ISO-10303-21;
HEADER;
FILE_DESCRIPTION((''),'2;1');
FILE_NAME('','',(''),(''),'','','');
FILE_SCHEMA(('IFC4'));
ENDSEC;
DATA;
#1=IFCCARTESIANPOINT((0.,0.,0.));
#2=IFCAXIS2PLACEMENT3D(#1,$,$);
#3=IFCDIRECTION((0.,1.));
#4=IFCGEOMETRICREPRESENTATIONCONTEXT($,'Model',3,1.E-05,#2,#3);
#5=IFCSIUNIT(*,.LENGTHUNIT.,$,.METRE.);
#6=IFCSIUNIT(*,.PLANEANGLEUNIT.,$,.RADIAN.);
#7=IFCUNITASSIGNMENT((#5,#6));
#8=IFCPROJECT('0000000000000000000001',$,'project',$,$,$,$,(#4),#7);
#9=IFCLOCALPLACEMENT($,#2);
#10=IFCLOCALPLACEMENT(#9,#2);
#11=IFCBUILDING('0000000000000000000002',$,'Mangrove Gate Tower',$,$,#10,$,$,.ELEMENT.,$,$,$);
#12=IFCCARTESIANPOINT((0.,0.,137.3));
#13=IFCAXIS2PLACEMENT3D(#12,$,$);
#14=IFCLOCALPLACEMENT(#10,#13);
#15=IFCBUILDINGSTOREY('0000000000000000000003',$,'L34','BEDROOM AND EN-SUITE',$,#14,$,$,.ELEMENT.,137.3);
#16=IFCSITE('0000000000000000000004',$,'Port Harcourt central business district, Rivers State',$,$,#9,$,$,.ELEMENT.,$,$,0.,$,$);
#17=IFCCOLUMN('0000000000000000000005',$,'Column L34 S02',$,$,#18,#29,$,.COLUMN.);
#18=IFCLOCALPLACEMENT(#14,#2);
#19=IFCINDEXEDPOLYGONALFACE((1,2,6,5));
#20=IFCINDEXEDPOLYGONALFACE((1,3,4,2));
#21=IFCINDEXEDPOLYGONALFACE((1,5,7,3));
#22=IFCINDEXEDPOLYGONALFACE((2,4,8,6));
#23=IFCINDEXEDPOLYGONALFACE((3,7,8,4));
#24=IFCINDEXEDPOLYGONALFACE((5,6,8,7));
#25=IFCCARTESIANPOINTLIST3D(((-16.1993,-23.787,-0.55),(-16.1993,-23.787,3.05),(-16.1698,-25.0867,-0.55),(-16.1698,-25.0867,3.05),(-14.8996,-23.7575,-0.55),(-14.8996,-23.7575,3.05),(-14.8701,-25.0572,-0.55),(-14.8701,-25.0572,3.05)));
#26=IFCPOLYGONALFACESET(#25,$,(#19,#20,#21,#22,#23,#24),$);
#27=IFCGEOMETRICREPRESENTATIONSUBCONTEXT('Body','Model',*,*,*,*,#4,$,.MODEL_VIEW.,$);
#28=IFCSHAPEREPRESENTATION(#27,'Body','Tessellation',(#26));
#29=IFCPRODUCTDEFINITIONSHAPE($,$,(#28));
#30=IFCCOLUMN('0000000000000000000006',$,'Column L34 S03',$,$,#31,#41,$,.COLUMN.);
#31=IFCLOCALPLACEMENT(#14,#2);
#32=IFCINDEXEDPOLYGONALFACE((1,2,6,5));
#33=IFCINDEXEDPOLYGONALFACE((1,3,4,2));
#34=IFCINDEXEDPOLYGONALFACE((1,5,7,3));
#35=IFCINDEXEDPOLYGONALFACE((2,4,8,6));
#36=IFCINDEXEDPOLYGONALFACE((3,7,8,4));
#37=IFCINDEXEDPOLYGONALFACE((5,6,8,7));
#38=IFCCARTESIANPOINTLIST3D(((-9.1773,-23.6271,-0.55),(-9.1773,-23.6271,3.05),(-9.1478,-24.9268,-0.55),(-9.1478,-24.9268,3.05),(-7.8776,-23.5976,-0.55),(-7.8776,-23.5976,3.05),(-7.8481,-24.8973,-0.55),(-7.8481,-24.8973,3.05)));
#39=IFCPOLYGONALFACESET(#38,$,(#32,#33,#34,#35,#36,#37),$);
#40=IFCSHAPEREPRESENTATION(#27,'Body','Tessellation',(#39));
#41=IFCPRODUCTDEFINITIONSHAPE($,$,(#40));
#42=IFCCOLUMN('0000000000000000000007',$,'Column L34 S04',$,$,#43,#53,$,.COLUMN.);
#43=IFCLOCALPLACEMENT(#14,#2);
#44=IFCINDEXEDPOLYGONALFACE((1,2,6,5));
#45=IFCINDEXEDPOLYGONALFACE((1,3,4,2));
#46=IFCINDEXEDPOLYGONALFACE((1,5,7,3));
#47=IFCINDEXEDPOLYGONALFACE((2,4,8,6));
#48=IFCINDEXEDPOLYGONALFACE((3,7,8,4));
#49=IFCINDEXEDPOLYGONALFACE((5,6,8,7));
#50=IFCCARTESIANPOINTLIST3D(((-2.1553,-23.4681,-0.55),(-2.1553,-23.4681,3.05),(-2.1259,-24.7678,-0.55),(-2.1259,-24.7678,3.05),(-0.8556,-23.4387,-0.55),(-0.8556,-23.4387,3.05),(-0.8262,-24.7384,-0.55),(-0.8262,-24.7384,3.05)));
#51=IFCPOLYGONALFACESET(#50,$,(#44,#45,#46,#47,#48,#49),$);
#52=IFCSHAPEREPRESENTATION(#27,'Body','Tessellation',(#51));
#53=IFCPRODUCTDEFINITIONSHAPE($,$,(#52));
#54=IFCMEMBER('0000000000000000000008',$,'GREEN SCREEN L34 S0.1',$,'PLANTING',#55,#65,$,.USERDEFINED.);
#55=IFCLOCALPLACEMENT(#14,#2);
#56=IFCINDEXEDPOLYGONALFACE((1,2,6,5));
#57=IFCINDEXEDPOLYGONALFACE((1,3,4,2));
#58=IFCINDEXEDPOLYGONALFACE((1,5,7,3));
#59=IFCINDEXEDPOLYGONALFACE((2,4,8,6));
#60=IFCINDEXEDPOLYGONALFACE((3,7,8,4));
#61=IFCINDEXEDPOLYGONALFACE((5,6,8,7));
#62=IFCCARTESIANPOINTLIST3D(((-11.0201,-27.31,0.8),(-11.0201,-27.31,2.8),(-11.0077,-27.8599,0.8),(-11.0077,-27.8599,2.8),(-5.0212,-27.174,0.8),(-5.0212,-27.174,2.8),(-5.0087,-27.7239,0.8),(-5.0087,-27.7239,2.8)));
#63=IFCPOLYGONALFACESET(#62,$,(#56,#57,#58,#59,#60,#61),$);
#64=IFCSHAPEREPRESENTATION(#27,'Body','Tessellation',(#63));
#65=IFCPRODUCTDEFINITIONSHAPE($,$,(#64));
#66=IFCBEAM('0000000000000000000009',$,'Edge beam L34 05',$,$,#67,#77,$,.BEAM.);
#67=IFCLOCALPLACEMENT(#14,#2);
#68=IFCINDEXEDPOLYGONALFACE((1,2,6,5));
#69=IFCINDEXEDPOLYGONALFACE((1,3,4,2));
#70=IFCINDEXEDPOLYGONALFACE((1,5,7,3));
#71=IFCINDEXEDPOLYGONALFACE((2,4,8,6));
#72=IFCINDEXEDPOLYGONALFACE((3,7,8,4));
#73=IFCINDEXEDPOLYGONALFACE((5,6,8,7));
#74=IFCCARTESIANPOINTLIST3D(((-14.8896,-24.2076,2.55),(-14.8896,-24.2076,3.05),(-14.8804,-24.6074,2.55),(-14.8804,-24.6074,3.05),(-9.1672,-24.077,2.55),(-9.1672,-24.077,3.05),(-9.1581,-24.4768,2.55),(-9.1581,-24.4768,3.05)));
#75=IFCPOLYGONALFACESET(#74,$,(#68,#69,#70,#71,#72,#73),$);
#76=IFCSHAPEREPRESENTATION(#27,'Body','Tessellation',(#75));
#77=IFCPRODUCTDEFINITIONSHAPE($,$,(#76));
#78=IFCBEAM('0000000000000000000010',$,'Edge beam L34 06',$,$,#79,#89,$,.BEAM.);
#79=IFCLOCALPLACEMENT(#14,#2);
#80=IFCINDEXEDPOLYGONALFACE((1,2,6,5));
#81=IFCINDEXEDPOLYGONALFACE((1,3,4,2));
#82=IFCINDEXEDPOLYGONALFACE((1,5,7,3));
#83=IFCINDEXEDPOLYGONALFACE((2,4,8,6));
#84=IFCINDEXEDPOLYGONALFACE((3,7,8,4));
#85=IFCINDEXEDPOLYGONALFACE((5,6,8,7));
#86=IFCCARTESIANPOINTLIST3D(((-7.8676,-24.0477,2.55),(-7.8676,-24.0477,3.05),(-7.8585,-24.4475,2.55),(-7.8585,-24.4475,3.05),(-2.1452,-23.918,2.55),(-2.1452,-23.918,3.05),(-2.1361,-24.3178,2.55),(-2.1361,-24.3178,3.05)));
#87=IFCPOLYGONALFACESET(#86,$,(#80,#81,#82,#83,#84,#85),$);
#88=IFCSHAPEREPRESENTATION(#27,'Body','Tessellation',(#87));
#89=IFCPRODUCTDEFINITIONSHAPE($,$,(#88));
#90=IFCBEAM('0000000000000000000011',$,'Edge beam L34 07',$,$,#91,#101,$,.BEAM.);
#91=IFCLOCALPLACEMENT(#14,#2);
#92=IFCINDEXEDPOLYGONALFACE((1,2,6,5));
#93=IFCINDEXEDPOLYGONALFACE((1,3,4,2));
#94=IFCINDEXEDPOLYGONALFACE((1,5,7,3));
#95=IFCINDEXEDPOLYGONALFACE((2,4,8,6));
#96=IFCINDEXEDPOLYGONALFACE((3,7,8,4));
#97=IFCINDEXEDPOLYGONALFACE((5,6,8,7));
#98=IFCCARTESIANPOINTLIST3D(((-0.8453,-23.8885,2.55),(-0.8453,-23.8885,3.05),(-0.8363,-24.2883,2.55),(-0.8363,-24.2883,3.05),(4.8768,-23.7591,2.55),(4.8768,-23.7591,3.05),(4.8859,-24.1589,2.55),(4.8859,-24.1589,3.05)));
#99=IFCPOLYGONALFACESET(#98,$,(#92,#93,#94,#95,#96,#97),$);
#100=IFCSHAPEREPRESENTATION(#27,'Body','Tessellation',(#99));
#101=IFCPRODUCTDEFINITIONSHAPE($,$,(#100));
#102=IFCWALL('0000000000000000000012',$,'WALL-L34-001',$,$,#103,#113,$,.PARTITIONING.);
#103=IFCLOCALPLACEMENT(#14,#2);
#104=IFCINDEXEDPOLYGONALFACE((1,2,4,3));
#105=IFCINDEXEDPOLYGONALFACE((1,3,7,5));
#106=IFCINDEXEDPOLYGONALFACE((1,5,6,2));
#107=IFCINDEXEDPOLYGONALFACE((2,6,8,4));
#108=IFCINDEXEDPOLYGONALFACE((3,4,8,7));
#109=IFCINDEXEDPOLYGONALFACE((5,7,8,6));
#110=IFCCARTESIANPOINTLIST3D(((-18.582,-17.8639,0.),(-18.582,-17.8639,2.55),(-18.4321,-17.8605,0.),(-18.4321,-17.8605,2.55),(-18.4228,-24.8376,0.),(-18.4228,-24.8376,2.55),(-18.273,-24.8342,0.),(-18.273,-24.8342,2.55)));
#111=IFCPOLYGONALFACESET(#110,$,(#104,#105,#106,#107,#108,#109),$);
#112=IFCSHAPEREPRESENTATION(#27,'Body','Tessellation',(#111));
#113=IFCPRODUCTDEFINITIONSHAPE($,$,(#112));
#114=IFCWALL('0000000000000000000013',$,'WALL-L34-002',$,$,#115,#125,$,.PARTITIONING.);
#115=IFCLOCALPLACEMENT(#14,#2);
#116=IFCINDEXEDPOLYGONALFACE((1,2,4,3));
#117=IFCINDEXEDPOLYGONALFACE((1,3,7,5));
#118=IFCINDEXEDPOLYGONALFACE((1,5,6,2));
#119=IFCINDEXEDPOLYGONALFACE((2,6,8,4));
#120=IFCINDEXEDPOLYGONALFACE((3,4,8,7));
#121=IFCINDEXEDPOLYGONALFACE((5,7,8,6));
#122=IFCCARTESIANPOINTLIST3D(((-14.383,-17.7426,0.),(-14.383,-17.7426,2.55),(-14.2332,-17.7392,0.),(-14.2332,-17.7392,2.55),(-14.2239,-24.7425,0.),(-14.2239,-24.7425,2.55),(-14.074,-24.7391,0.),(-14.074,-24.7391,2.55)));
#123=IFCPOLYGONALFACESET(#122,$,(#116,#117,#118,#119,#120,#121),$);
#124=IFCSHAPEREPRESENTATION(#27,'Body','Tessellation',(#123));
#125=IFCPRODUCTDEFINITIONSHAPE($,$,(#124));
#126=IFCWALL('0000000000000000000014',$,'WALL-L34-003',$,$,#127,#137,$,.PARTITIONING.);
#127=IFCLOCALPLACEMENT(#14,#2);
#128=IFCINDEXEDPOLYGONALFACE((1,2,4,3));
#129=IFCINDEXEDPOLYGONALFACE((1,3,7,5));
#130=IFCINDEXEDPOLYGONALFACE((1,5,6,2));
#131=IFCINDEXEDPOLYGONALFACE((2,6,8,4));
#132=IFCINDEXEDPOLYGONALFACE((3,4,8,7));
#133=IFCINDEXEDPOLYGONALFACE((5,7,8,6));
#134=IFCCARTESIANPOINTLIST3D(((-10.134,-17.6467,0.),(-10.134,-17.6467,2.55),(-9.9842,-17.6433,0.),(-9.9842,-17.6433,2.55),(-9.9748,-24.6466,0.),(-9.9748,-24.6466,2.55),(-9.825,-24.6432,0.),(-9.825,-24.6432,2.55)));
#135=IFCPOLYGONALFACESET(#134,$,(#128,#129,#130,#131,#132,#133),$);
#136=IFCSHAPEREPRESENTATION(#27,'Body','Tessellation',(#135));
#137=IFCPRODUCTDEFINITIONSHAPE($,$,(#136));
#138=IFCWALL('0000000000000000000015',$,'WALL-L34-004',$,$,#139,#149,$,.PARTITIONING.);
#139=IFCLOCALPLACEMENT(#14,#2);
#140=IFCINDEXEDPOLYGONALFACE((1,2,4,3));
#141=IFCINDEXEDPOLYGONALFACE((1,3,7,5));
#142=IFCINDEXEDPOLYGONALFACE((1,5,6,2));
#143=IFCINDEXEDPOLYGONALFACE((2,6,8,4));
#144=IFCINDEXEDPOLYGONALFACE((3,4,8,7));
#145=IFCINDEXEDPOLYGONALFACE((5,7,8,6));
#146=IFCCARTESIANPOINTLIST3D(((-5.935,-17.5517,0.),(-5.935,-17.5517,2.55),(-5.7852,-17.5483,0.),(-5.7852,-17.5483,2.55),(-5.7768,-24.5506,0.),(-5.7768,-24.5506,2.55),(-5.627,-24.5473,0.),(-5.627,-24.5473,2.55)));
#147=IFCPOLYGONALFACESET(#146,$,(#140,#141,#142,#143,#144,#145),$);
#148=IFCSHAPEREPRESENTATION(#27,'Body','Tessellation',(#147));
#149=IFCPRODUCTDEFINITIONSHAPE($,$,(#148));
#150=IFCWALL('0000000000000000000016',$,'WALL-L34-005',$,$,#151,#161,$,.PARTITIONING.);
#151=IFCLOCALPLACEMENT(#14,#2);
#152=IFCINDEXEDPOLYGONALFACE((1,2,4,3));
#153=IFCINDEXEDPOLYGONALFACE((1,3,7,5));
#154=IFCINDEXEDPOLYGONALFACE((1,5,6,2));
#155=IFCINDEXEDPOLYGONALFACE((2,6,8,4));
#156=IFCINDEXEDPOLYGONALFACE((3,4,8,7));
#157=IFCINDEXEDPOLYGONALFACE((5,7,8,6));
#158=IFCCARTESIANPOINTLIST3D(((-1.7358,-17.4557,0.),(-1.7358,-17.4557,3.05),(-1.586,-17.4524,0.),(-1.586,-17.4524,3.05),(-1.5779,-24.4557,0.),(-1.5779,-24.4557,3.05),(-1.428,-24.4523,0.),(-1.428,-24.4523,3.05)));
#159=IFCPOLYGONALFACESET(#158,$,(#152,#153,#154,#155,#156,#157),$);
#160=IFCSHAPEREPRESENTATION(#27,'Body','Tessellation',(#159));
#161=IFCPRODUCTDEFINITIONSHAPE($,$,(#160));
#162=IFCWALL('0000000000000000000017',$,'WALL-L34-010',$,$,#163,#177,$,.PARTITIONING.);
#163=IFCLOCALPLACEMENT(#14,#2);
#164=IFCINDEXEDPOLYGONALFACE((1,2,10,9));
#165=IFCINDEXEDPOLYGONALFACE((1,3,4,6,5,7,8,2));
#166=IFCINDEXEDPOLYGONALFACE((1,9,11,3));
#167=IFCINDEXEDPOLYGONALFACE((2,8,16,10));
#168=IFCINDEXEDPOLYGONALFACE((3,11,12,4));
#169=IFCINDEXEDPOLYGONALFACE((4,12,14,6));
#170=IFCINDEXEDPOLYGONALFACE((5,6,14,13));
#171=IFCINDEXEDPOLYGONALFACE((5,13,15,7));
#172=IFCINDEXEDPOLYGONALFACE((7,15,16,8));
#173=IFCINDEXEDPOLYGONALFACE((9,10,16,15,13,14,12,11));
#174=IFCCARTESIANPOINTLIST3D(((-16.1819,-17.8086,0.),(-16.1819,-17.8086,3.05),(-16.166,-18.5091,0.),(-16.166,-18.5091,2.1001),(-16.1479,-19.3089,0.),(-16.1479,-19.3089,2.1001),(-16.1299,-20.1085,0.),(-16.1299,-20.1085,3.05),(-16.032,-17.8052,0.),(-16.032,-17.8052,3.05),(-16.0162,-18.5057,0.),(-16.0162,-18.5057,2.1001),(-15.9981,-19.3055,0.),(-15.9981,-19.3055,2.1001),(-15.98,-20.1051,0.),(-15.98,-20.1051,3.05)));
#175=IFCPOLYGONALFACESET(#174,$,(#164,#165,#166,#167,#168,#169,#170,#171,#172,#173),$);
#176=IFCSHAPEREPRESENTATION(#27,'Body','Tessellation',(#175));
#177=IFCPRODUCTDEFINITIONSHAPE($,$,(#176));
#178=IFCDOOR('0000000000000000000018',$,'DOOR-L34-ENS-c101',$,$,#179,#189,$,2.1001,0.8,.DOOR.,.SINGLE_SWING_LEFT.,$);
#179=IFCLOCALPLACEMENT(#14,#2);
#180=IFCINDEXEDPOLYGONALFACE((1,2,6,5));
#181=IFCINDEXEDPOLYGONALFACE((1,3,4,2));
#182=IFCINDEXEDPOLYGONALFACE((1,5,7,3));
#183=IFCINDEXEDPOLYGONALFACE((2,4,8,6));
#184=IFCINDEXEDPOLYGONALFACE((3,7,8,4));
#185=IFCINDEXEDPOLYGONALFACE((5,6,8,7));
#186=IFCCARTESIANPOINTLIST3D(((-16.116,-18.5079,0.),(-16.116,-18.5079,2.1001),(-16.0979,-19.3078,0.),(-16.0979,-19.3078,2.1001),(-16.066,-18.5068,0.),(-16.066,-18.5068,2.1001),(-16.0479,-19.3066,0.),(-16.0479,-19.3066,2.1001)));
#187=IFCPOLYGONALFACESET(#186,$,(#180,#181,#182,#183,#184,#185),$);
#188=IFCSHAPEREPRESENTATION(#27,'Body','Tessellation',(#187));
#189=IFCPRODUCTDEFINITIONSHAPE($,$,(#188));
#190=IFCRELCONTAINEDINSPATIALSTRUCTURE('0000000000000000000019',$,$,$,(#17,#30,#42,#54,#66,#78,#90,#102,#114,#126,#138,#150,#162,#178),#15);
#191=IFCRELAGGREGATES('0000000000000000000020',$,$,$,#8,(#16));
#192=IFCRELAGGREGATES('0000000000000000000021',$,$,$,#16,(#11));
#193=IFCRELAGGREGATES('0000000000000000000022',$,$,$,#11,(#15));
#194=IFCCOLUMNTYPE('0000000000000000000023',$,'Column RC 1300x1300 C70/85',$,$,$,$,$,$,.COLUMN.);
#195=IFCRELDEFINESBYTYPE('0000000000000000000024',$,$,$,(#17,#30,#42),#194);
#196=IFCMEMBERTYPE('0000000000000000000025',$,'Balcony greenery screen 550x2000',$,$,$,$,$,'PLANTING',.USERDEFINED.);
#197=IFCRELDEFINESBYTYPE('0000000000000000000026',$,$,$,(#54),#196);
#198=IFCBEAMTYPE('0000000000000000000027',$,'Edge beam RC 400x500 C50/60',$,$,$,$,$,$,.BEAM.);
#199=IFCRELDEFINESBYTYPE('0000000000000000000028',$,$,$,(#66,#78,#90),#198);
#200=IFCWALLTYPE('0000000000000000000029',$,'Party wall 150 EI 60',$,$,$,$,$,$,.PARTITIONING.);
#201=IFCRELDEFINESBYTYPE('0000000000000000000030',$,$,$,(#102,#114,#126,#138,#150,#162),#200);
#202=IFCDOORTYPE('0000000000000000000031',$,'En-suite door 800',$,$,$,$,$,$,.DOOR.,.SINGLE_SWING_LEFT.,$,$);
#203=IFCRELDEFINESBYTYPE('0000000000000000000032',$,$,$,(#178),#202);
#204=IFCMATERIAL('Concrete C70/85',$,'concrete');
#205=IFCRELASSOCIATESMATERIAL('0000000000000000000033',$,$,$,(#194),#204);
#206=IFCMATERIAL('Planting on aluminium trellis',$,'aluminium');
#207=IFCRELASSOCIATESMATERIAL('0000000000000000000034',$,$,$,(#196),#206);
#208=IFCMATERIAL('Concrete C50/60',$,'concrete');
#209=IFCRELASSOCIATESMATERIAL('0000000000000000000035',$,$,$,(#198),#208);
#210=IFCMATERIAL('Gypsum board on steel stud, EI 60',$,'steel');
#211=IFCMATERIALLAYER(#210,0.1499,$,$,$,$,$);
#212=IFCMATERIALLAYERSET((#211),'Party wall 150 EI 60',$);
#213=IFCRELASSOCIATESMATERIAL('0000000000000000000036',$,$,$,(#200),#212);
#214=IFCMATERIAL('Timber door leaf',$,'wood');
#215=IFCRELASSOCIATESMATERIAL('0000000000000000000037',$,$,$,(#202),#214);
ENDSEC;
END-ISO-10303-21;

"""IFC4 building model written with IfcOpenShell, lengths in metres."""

from ifc_helpers import new_model, si_unit, direction, frame, frame_2d, origin, origin_2d, place, context, subcontext, project, spatial, rectangle, extrude, material, layer, layer_set, material_profile, profile_set, type_object, element, fill, save


model = new_model("IFC4")

# Units and contexts
model_context = context("Model", 3, precision=1e-05, world=origin(), true_north=direction((0.0, 1.0)))
body_context = subcontext(model_context, "Body", "Model", "MODEL_VIEW")
ifc_project = project(units=[si_unit("LENGTHUNIT", "METRE"), si_unit("PLANEANGLEUNIT", "RADIAN")], contexts=[model_context])

# Site, building, storey
site_placement = place(None, origin())
site = spatial("IfcSite", under=ifc_project, at=site_placement, Name="Port Harcourt central business district, Rivers State", CompositionType="ELEMENT", RefElevation=0.0)
building_placement = place(site_placement, origin())
building = spatial("IfcBuilding", under=site, at=building_placement, Name="Mangrove Gate Tower", CompositionType="ELEMENT")
storey_placement = place(building_placement, frame((0.0, 0.0, 137.3)))
storey = spatial("IfcBuildingStorey", under=building, at=storey_placement, Name="L34", Description="BEDROOM AND EN-SUITE", CompositionType="ELEMENT", Elevation=137.3)

# Columns
ifc_material_1 = material(Name="Concrete C70/85", Category="concrete")
ifc_material_profile_1 = material_profile(ifc_material_1, rectangle(XDim=1.3, YDim=1.3, at=origin_2d()))
ifc_profile_set_1 = profile_set([ifc_material_profile_1], Name="Concrete C70/85")
column_type = type_object("IfcColumnType", Name="Column RC 1300x1300 C70/85", PredefinedType="COLUMN", material=ifc_profile_set_1)
for number, where, z_axis, x_axis, name in (
    (1, (-15.5347, -24.4221, -0.55), (0.0, 0.0, 1.0), (0.999742, 0.022708, 0.0), "Column L34 S02"),
    (2, (-8.5127, -24.2622, -0.55), (0.0, 0.0, 1.0), (0.999742, 0.022708, 0.0), "Column L34 S03"),
    (3, (-1.4907, -24.1033, -0.55), (0.0, 0.0, 1.0), (0.999744, 0.022637, 0.0), "Column L34 S04"),
):
    element("IfcColumn", number, at=place(storey_placement, frame(where, z_axis=z_axis, x_axis=x_axis)), inside=storey, type_object=column_type, Name=name, PredefinedType="COLUMN", context=body_context, shape_type="SweptSolid", body=[
        extrude(rectangle(XDim=1.3, YDim=1.3, at=origin_2d()), origin(), (0.0, 0.0, 1.0), 3.6001),
    ])

# Member
ifc_material_2 = material(Name="Planting on aluminium trellis", Category="aluminium")
ifc_material_profile_2 = material_profile(ifc_material_2, rectangle(XDim=0.55, YDim=2.0, at=origin_2d()))
ifc_profile_set_2 = profile_set([ifc_material_profile_2], Name="Planting on aluminium trellis")
member_type = type_object("IfcMemberType", Name="Balcony greenery screen 550x2000", ElementType="PLANTING", PredefinedType="USERDEFINED", material=ifc_profile_set_2)
member_placement = place(storey_placement, frame((-11.0139, -27.585, 1.8), z_axis=(0.999743, 0.022662, 0.0), x_axis=(-0.022662, 0.999743, 0.0)))
element("IfcMember", 4, at=member_placement, inside=storey, type_object=member_type, Name="GREEN SCREEN L34 S0.1", ObjectType="PLANTING", PredefinedType="USERDEFINED", context=body_context, shape_type="SweptSolid", body=[
    extrude(rectangle(XDim=0.55, YDim=2.0, at=origin_2d()), origin(), (0.0, 0.0, 1.0), 6.0005),
])

# Beams
ifc_material_3 = material(Name="Concrete C50/60", Category="concrete")
ifc_material_profile_3 = material_profile(ifc_material_3, rectangle(XDim=0.3999, YDim=0.5, at=origin_2d()))
ifc_profile_set_3 = profile_set([ifc_material_profile_3], Name="Concrete C50/60")
beam_type = type_object("IfcBeamType", Name="Edge beam RC 400x500 C50/60", PredefinedType="BEAM", material=ifc_profile_set_3)
for number, where, z_axis, x_axis, name in (
    (5, (-14.885, -24.4075, 2.8), (0.99974, 0.022819, 0.0), (-0.022819, 0.99974, 0.0), "Edge beam L34 05"),
    (6, (-7.863, -24.2476, 2.8), (0.999743, 0.022649, 0.0), (-0.022649, 0.999743, 0.0), "Edge beam L34 06"),
):
    element("IfcBeam", number, at=place(storey_placement, frame(where, z_axis=z_axis, x_axis=x_axis)), inside=storey, type_object=beam_type, Name=name, PredefinedType="BEAM", context=body_context, shape_type="SweptSolid", body=[
        extrude(rectangle(XDim=0.3999, YDim=0.5, at=origin_2d()), origin(), (0.0, 0.0, 1.0), 5.7239),
    ])
beam_placement = place(storey_placement, frame((-0.8408, -24.0884, 2.8), z_axis=(0.999744, 0.022607, 0.0), x_axis=(-0.022607, 0.999744, 0.0)))
element("IfcBeam", 7, at=beam_placement, inside=storey, type_object=beam_type, Name="Edge beam L34 07", PredefinedType="BEAM", context=body_context, shape_type="SweptSolid", body=[
    extrude(rectangle(XDim=0.3999, YDim=0.5, at=origin_2d()), origin(), (0.0, 0.0, 1.0), 5.7236),
])

# Walls
ifc_material_4 = material(Name="Gypsum board on steel stud, EI 60", Category="steel")
ifc_layer_1 = layer(ifc_material_4, 0.1499)
ifc_layer_set_1 = layer_set([ifc_layer_1], Name="Party wall 150 EI 60")
wall_type_1 = type_object("IfcWallType", Name="Party wall 150 EI 60", PredefinedType="PARTITIONING", material=ifc_layer_set_1)
wall_1_placement = place(storey_placement, frame((-18.3479, -24.8359, 0.0), z_axis=(0.0, 0.0, 1.0), x_axis=(-0.022819, 0.99974, 0.0)))
element("IfcWall", 8, at=wall_1_placement, inside=storey, type_object=wall_type_1, Name="WALL-L34-001", PredefinedType="PARTITIONING", context=body_context, shape_type="SweptSolid", body=[
    extrude(rectangle(XDim=6.9756, YDim=0.1499, at=frame_2d((3.4878, 0.0))), origin(), (0.0, 0.0, 1.0), 2.55),
])
for number, where, z_axis, x_axis, name in (
    (9, (-14.1489, -24.741, 0.0), (0.0, 0.0, 1.0), (-0.022734, 0.999742, 0.0), "WALL-L34-002"),
    (10, (-9.8999, -24.645, 0.0), (0.0, 0.0, 1.0), (-0.022734, 0.999742, 0.0), "WALL-L34-003"),
):
    element("IfcWall", number, at=place(storey_placement, frame(where, z_axis=z_axis, x_axis=x_axis)), inside=storey, type_object=wall_type_1, Name=name, PredefinedType="PARTITIONING", context=body_context, shape_type="SweptSolid", body=[
        extrude(rectangle(XDim=7.0017, YDim=0.1499, at=frame_2d((3.501, 0.0))), origin(), (0.0, 0.0, 1.0), 2.55),
    ])
wall_2_placement = place(storey_placement, frame((-5.7019, -24.5491, 0.0), z_axis=(0.0, 0.0, 1.0), x_axis=(-0.022598, 0.999745, 0.0)))
element("IfcWall", 11, at=wall_2_placement, inside=storey, type_object=wall_type_1, Name="WALL-L34-004", PredefinedType="PARTITIONING", context=body_context, shape_type="SweptSolid", body=[
    extrude(rectangle(XDim=7.0007, YDim=0.1499, at=frame_2d((3.5005, 0.0))), origin(), (0.0, 0.0, 1.0), 2.55),
])
wall_3_placement = place(storey_placement, frame((-1.5029, -24.4541, 0.0), z_axis=(0.0, 0.0, 1.0), x_axis=(-0.02256, 0.999745, 0.0)))
element("IfcWall", 12, at=wall_3_placement, inside=storey, type_object=wall_type_1, Name="WALL-L34-005", PredefinedType="PARTITIONING", context=body_context, shape_type="SweptSolid", body=[
    extrude(rectangle(XDim=7.0017, YDim=0.1499, at=frame_2d((3.501, 0.0))), origin(), (0.0, 0.0, 1.0), 3.05),
])

# Wall, opening, door
wall_4_placement = place(storey_placement, frame((-16.0549, -20.1069, 0.0), z_axis=(0.0, 0.0, 1.0), x_axis=(-0.022603, 0.999745, 0.0)))
wall_4 = element("IfcWall", 13, at=wall_4_placement, inside=storey, type_object=wall_type_1, Name="WALL-L34-010", PredefinedType="PARTITIONING", context=body_context, shape_type="SweptSolid", body=[
    extrude(rectangle(XDim=2.3005, YDim=0.1499, at=frame_2d((1.1504, 0.0))), origin(), (0.0, 0.0, 1.0), 3.05),
])
opening_1_placement = place(wall_4_placement, frame((0.8, 0.0, 0.0)))
opening_1 = element("IfcOpeningElement", 14, at=opening_1_placement, cuts=wall_4, PredefinedType="OPENING", context=body_context, shape_type="SweptSolid", body=[
    extrude(rectangle(XDim=0.8, YDim=2.1001, at=frame_2d((0.3999, 1.05))), frame((0.0, 0.085, 0.0), z_axis=(0.0, -1.0, 0.0), x_axis=(1.0, 0.0, 0.0)), (0.0, 0.0, 1.0), 0.1699),
])
ifc_material_5 = material(Name="Timber door leaf", Category="wood")
door_type = type_object("IfcDoorType", Name="En-suite door 800", OperationType="SINGLE_SWING_LEFT", PredefinedType="DOOR", material=ifc_material_5)
door_1_placement = place(opening_1_placement, origin())
door_1 = element("IfcDoor", 15, at=door_1_placement, inside=storey, type_object=door_type, Name="DOOR-L34-ENS-c101", OperationType="SINGLE_SWING_LEFT", OverallHeight=2.1001, OverallWidth=0.8, PredefinedType="DOOR", context=body_context, shape_type="SweptSolid", body=[
    extrude(rectangle(XDim=0.8, YDim=2.1001, at=frame_2d((0.3999, 1.05))), frame((0.0, 0.0249, 0.0), z_axis=(0.0, -1.0, 0.0), x_axis=(1.0, 0.0, 0.0)), (0.0, 0.0, 1.0), 0.05),
])
fill(opening_1, door_1)

save(model, "model.ifc")
